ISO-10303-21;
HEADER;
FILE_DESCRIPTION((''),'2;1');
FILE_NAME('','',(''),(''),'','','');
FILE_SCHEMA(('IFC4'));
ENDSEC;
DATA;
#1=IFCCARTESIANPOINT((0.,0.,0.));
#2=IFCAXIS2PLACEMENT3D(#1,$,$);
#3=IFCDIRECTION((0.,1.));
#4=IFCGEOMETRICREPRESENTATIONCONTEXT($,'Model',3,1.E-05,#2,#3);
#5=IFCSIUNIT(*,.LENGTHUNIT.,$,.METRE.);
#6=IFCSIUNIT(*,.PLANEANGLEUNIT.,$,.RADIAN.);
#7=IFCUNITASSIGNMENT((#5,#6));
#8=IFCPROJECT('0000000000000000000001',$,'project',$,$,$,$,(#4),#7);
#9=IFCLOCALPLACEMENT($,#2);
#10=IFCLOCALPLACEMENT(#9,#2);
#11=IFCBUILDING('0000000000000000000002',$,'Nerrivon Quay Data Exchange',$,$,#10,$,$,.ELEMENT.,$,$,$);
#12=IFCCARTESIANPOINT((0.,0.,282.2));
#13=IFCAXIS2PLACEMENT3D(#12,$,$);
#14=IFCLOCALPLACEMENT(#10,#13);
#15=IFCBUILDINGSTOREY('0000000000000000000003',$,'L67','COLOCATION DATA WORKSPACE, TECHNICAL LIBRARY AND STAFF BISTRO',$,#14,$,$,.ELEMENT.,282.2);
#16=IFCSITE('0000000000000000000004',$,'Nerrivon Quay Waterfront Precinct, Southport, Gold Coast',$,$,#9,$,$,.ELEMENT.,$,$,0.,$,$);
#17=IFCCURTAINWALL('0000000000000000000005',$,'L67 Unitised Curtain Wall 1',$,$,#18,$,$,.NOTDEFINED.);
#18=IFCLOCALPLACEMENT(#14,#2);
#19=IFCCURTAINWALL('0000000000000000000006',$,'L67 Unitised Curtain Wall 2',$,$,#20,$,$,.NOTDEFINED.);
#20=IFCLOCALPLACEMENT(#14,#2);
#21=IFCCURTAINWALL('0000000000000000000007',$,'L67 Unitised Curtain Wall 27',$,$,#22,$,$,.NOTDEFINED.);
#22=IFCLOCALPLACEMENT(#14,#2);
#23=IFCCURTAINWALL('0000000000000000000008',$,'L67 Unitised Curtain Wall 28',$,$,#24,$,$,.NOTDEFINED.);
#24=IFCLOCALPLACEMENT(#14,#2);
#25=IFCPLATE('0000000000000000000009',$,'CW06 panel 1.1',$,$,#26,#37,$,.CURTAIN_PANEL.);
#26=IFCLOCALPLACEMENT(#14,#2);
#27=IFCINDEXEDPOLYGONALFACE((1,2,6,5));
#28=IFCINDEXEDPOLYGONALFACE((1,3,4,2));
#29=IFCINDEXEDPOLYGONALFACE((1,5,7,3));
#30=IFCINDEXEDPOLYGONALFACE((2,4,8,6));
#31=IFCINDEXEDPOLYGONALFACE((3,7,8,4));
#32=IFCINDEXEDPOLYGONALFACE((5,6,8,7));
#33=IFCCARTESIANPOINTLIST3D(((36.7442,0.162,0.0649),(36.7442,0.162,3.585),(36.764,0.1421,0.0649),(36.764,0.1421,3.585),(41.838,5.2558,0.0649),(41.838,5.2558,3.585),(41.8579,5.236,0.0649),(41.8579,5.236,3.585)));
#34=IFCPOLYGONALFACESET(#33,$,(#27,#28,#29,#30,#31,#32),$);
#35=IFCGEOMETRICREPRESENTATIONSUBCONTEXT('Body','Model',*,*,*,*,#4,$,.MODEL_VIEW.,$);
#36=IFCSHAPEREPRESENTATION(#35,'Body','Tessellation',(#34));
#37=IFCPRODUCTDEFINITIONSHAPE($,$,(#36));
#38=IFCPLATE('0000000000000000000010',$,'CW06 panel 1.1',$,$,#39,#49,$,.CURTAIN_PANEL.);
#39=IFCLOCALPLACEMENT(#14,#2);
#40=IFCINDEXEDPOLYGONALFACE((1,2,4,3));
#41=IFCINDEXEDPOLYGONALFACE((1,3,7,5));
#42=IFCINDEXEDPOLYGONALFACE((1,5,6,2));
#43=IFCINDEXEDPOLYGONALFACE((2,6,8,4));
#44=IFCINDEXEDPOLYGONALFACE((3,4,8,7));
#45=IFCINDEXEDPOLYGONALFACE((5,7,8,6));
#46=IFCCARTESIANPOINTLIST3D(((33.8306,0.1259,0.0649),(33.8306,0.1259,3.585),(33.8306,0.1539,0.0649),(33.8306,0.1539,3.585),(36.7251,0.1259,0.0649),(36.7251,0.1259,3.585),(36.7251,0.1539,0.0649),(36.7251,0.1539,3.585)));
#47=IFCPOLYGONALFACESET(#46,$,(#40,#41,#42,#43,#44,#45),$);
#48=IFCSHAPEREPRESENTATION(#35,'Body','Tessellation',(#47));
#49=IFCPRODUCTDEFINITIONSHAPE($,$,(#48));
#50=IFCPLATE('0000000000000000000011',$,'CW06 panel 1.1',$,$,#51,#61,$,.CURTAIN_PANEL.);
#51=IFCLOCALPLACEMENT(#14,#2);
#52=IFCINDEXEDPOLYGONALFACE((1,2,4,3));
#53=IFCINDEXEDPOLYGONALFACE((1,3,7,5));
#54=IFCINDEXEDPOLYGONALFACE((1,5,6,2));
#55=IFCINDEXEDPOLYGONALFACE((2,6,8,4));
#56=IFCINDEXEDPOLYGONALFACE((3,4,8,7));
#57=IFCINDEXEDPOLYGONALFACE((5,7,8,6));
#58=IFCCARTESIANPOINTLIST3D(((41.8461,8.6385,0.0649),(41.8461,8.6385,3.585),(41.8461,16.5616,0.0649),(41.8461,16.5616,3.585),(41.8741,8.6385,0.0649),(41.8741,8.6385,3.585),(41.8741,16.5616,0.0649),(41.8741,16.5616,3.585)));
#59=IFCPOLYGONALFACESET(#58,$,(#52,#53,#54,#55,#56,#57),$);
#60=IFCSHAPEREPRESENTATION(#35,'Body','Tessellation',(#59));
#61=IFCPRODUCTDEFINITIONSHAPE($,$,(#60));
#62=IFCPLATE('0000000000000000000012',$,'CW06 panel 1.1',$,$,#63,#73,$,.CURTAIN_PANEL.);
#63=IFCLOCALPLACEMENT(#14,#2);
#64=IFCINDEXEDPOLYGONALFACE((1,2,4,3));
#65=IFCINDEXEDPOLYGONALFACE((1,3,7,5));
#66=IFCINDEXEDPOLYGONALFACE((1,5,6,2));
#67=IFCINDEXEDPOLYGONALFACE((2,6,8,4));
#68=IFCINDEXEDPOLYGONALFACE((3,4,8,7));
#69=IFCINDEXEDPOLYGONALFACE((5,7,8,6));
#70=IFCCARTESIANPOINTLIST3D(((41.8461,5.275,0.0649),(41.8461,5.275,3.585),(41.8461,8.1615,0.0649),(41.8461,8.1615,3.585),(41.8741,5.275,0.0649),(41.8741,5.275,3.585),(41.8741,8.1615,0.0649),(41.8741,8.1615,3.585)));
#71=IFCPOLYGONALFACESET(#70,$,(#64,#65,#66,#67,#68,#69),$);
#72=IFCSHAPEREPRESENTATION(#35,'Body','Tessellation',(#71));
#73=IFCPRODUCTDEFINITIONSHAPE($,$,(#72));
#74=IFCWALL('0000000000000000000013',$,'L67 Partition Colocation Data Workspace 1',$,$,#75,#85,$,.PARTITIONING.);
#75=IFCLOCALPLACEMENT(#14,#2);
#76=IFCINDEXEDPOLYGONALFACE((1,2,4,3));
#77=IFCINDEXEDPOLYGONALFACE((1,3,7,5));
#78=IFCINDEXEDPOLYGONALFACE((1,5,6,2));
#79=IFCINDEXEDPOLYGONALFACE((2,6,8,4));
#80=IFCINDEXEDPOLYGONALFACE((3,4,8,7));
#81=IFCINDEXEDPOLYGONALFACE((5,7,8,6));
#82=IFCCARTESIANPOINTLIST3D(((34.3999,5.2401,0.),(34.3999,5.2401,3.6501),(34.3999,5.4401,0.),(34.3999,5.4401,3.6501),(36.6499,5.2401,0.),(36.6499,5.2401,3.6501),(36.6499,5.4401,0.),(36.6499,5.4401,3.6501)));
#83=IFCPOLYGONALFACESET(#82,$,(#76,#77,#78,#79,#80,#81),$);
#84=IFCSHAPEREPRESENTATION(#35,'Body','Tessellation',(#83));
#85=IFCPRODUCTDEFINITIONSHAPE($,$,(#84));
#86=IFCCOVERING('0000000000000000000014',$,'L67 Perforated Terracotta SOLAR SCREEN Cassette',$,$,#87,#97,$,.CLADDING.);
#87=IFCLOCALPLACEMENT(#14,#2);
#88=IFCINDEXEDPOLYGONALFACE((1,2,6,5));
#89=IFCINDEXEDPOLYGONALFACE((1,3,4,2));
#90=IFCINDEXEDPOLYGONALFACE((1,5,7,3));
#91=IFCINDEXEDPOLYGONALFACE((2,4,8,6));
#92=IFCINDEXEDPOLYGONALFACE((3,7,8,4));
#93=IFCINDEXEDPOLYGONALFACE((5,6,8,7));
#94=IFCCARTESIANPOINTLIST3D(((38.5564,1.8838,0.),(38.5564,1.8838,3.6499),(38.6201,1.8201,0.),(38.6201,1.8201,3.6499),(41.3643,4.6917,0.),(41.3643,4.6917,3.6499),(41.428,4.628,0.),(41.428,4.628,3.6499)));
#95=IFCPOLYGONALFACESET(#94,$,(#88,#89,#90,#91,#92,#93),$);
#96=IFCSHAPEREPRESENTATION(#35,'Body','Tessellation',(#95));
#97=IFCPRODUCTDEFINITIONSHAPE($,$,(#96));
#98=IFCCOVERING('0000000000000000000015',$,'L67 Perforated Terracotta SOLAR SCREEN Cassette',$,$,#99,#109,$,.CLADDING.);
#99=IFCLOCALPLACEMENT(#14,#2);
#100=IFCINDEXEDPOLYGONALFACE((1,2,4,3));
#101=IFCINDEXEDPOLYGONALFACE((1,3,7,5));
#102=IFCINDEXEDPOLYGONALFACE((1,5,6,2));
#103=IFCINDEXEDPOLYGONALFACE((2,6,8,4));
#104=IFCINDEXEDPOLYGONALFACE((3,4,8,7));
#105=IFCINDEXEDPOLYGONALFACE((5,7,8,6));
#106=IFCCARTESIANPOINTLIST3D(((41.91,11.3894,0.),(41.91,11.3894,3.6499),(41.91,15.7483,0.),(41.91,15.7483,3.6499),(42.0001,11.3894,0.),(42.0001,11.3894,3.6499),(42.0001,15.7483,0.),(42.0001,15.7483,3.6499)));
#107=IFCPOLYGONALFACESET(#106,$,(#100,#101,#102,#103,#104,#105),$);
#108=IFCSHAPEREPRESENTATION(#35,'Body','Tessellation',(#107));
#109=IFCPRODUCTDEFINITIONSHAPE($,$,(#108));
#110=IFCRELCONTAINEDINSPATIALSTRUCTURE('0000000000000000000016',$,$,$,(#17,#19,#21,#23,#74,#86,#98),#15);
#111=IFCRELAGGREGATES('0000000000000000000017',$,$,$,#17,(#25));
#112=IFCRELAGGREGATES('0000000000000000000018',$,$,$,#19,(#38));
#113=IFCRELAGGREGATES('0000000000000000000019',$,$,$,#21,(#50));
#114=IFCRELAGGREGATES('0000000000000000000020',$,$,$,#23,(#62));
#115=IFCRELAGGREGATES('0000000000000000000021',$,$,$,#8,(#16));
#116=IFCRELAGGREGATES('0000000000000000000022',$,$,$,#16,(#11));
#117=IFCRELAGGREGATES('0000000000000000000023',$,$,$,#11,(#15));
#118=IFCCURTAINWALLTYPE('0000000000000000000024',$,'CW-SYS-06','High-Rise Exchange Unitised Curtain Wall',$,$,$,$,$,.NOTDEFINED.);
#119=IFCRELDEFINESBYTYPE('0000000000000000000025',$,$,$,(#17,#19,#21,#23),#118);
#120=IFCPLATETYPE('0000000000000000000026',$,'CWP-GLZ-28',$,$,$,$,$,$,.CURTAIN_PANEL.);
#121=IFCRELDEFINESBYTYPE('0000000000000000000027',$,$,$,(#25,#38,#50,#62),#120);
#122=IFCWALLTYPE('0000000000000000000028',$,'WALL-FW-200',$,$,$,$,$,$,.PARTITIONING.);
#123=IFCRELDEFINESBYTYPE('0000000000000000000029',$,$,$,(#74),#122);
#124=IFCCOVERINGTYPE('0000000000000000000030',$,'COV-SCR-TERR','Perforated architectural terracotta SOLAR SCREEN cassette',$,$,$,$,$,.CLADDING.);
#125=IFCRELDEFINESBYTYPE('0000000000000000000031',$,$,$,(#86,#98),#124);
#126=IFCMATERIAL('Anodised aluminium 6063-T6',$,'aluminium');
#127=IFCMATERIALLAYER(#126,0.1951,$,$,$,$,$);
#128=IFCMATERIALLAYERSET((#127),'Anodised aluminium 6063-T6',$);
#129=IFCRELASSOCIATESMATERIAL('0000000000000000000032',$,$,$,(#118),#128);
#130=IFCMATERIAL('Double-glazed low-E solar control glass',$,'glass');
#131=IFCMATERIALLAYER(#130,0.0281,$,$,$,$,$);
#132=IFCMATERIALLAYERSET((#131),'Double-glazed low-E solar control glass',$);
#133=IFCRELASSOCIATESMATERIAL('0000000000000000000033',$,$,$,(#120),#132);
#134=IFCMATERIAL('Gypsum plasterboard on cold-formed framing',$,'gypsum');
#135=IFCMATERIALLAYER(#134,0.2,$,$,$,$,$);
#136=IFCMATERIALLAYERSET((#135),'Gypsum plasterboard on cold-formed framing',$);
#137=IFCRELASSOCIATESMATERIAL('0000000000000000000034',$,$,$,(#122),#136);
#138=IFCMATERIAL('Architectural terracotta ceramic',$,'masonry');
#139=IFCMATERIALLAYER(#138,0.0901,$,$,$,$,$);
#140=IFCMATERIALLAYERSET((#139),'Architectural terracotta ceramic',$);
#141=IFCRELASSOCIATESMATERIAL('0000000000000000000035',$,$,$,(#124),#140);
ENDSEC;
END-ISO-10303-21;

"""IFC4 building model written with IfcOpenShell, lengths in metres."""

from ifc_helpers import new_model, si_unit, direction, frame, frame_2d, origin, origin_2d, place, context, subcontext, project, spatial, rectangle, extrude, material, layer, layer_set, type_object, element, aggregate, save


model = new_model("IFC4")

# Units and contexts
model_context = context("Model", 3, precision=1e-05, world=origin(), true_north=direction((0.0, 1.0)))
body_context = subcontext(model_context, "Body", "Model", "MODEL_VIEW")
ifc_project = project(units=[si_unit("LENGTHUNIT", "METRE"), si_unit("PLANEANGLEUNIT", "RADIAN")], contexts=[model_context])

# Site, building, storey
site_placement = place(None, origin())
site = spatial("IfcSite", under=ifc_project, at=site_placement, Name="Nerrivon Quay Waterfront Precinct, Southport, Gold Coast", CompositionType="ELEMENT", RefElevation=0.0)
building_placement = place(site_placement, origin())
building = spatial("IfcBuilding", under=site, at=building_placement, Name="Nerrivon Quay Data Exchange", CompositionType="ELEMENT")
storey_placement = place(building_placement, frame((0.0, 0.0, 282.2)))
storey = spatial("IfcBuildingStorey", under=building, at=storey_placement, Name="L67", Description="COLOCATION DATA WORKSPACE, TECHNICAL LIBRARY AND STAFF BISTRO", CompositionType="ELEMENT", Elevation=282.2)

# Curtain wall
ifc_material_1 = material(Name="Anodised aluminium 6063-T6", Category="aluminium")
ifc_layer_1 = layer(ifc_material_1, 0.1951)
ifc_layer_set_1 = layer_set([ifc_layer_1], Name="Anodised aluminium 6063-T6")
curtain_wall_type = type_object("IfcCurtainWallType", Name="CW-SYS-06", Description="High-Rise Exchange Unitised Curtain Wall", PredefinedType="NOTDEFINED", material=ifc_layer_set_1)
curtain_wall_1_placement = place(storey_placement, origin())
curtain_wall_1 = element("IfcCurtainWall", 1, at=curtain_wall_1_placement, inside=storey, type_object=curtain_wall_type, Name="L67 Unitised Curtain Wall 1", PredefinedType="NOTDEFINED")

# Curtain walls
curtain_wall_2_placement = place(storey_placement, origin())
curtain_wall_2 = element("IfcCurtainWall", 2, at=curtain_wall_2_placement, inside=storey, type_object=curtain_wall_type, Name="L67 Unitised Curtain Wall 2", PredefinedType="NOTDEFINED")
curtain_wall_3_placement = place(storey_placement, origin())
curtain_wall_3 = element("IfcCurtainWall", 3, at=curtain_wall_3_placement, inside=storey, type_object=curtain_wall_type, Name="L67 Unitised Curtain Wall 27", PredefinedType="NOTDEFINED")

# Curtain wall
curtain_wall_4_placement = place(storey_placement, origin())
curtain_wall_4 = element("IfcCurtainWall", 4, at=curtain_wall_4_placement, inside=storey, type_object=curtain_wall_type, Name="L67 Unitised Curtain Wall 28", PredefinedType="NOTDEFINED")

# Plates
ifc_material_2 = material(Name="Double-glazed low-E solar control glass", Category="glass")
ifc_layer_2 = layer(ifc_material_2, 0.0281)
ifc_layer_set_2 = layer_set([ifc_layer_2], Name="Double-glazed low-E solar control glass")
plate_type = type_object("IfcPlateType", Name="CWP-GLZ-28", PredefinedType="CURTAIN_PANEL", material=ifc_layer_set_2)
plate_1_placement = place(storey_placement, frame((39.301, 2.699, 0.0649), z_axis=(0.0, 0.0, 1.0), x_axis=(-0.707107, -0.707107, 0.0)))
plate_1 = element("IfcPlate", 5, at=plate_1_placement, type_object=plate_type, Name="CW06 panel 1.1", PredefinedType="CURTAIN_PANEL", context=body_context, shape_type="SweptSolid", body=[
    extrude(rectangle(XDim=7.2039, YDim=0.0281, at=origin_2d()), origin(), (0.0, 0.0, 1.0), 3.52),
])
aggregate(curtain_wall_1, [plate_1])
plate_2_placement = place(storey_placement, frame((35.2778, 0.1399, 0.0649), z_axis=(0.0, 0.0, 1.0), x_axis=(-1.0, 0.0, 0.0)))
plate_2 = element("IfcPlate", 6, at=plate_2_placement, type_object=plate_type, Name="CW06 panel 1.1", PredefinedType="CURTAIN_PANEL", context=body_context, shape_type="SweptSolid", body=[
    extrude(rectangle(XDim=2.8945, YDim=0.0281, at=origin_2d()), origin(), (0.0, 0.0, 1.0), 3.52),
])
aggregate(curtain_wall_2, [plate_2])
plate_3_placement = place(storey_placement, frame((41.8601, 12.6001, 0.0649), z_axis=(0.0, 0.0, 1.0), x_axis=(0.0, -1.0, 0.0)))
plate_3 = element("IfcPlate", 7, at=plate_3_placement, type_object=plate_type, Name="CW06 panel 1.1", PredefinedType="CURTAIN_PANEL", context=body_context, shape_type="SweptSolid", body=[
    extrude(rectangle(XDim=7.9231, YDim=0.0281, at=origin_2d()), origin(), (0.0, 0.0, 1.0), 3.52),
])
aggregate(curtain_wall_3, [plate_3])
plate_4_placement = place(storey_placement, frame((41.8601, 6.7183, 0.0649), z_axis=(0.0, 0.0, 1.0), x_axis=(0.0, -1.0, 0.0)))
plate_4 = element("IfcPlate", 8, at=plate_4_placement, type_object=plate_type, Name="CW06 panel 1.1", PredefinedType="CURTAIN_PANEL", context=body_context, shape_type="SweptSolid", body=[
    extrude(rectangle(XDim=2.8865, YDim=0.0281, at=origin_2d()), origin(), (0.0, 0.0, 1.0), 3.52),
])
aggregate(curtain_wall_4, [plate_4])

# Wall
ifc_material_3 = material(Name="Gypsum plasterboard on cold-formed framing", Category="gypsum")
ifc_layer_3 = layer(ifc_material_3, 0.2)
ifc_layer_set_3 = layer_set([ifc_layer_3], Name="Gypsum plasterboard on cold-formed framing")
wall_type = type_object("IfcWallType", Name="WALL-FW-200", PredefinedType="PARTITIONING", material=ifc_layer_set_3)
wall_placement = place(storey_placement, frame((36.6499, 5.3401, 0.0), z_axis=(0.0, 0.0, 1.0), x_axis=(-1.0, 0.0, 0.0)))
element("IfcWall", 9, at=wall_placement, inside=storey, type_object=wall_type, Name="L67 Partition Colocation Data Workspace 1", PredefinedType="PARTITIONING", context=body_context, shape_type="SweptSolid", body=[
    extrude(rectangle(XDim=2.25, YDim=0.2, at=frame_2d((1.125, 0.0))), origin(), (0.0, 0.0, 1.0), 3.6501),
])

# Coverings
ifc_material_4 = material(Name="Architectural terracotta ceramic", Category="masonry")
ifc_layer_4 = layer(ifc_material_4, 0.0901)
ifc_layer_set_4 = layer_set([ifc_layer_4], Name="Architectural terracotta ceramic")
covering_type = type_object("IfcCoveringType", Name="COV-SCR-TERR", Description="Perforated architectural terracotta SOLAR SCREEN cassette", PredefinedType="CLADDING", material=ifc_layer_set_4)
covering_1_placement = place(storey_placement, frame((39.9922, 3.2559, 0.0), z_axis=(0.0, 0.0, 1.0), x_axis=(-0.707107, -0.707107, 0.0)))
element("IfcCovering", 10, at=covering_1_placement, inside=storey, type_object=covering_type, Name="L67 Perforated Terracotta SOLAR SCREEN Cassette", PredefinedType="CLADDING", context=body_context, shape_type="SweptSolid", body=[
    extrude(rectangle(XDim=3.9709, YDim=0.0901, at=origin_2d()), origin(), (0.0, 0.0, 1.0), 3.6499),
])
covering_2_placement = place(storey_placement, frame((41.9551, 13.5688, 0.0), z_axis=(0.0, 0.0, 1.0), x_axis=(0.0, -1.0, 0.0)))
element("IfcCovering", 11, at=covering_2_placement, inside=storey, type_object=covering_type, Name="L67 Perforated Terracotta SOLAR SCREEN Cassette", PredefinedType="CLADDING", context=body_context, shape_type="SweptSolid", body=[
    extrude(rectangle(XDim=4.3589, YDim=0.0901, at=origin_2d()), origin(), (0.0, 0.0, 1.0), 3.6499),
])

save(model, "model.ifc")
